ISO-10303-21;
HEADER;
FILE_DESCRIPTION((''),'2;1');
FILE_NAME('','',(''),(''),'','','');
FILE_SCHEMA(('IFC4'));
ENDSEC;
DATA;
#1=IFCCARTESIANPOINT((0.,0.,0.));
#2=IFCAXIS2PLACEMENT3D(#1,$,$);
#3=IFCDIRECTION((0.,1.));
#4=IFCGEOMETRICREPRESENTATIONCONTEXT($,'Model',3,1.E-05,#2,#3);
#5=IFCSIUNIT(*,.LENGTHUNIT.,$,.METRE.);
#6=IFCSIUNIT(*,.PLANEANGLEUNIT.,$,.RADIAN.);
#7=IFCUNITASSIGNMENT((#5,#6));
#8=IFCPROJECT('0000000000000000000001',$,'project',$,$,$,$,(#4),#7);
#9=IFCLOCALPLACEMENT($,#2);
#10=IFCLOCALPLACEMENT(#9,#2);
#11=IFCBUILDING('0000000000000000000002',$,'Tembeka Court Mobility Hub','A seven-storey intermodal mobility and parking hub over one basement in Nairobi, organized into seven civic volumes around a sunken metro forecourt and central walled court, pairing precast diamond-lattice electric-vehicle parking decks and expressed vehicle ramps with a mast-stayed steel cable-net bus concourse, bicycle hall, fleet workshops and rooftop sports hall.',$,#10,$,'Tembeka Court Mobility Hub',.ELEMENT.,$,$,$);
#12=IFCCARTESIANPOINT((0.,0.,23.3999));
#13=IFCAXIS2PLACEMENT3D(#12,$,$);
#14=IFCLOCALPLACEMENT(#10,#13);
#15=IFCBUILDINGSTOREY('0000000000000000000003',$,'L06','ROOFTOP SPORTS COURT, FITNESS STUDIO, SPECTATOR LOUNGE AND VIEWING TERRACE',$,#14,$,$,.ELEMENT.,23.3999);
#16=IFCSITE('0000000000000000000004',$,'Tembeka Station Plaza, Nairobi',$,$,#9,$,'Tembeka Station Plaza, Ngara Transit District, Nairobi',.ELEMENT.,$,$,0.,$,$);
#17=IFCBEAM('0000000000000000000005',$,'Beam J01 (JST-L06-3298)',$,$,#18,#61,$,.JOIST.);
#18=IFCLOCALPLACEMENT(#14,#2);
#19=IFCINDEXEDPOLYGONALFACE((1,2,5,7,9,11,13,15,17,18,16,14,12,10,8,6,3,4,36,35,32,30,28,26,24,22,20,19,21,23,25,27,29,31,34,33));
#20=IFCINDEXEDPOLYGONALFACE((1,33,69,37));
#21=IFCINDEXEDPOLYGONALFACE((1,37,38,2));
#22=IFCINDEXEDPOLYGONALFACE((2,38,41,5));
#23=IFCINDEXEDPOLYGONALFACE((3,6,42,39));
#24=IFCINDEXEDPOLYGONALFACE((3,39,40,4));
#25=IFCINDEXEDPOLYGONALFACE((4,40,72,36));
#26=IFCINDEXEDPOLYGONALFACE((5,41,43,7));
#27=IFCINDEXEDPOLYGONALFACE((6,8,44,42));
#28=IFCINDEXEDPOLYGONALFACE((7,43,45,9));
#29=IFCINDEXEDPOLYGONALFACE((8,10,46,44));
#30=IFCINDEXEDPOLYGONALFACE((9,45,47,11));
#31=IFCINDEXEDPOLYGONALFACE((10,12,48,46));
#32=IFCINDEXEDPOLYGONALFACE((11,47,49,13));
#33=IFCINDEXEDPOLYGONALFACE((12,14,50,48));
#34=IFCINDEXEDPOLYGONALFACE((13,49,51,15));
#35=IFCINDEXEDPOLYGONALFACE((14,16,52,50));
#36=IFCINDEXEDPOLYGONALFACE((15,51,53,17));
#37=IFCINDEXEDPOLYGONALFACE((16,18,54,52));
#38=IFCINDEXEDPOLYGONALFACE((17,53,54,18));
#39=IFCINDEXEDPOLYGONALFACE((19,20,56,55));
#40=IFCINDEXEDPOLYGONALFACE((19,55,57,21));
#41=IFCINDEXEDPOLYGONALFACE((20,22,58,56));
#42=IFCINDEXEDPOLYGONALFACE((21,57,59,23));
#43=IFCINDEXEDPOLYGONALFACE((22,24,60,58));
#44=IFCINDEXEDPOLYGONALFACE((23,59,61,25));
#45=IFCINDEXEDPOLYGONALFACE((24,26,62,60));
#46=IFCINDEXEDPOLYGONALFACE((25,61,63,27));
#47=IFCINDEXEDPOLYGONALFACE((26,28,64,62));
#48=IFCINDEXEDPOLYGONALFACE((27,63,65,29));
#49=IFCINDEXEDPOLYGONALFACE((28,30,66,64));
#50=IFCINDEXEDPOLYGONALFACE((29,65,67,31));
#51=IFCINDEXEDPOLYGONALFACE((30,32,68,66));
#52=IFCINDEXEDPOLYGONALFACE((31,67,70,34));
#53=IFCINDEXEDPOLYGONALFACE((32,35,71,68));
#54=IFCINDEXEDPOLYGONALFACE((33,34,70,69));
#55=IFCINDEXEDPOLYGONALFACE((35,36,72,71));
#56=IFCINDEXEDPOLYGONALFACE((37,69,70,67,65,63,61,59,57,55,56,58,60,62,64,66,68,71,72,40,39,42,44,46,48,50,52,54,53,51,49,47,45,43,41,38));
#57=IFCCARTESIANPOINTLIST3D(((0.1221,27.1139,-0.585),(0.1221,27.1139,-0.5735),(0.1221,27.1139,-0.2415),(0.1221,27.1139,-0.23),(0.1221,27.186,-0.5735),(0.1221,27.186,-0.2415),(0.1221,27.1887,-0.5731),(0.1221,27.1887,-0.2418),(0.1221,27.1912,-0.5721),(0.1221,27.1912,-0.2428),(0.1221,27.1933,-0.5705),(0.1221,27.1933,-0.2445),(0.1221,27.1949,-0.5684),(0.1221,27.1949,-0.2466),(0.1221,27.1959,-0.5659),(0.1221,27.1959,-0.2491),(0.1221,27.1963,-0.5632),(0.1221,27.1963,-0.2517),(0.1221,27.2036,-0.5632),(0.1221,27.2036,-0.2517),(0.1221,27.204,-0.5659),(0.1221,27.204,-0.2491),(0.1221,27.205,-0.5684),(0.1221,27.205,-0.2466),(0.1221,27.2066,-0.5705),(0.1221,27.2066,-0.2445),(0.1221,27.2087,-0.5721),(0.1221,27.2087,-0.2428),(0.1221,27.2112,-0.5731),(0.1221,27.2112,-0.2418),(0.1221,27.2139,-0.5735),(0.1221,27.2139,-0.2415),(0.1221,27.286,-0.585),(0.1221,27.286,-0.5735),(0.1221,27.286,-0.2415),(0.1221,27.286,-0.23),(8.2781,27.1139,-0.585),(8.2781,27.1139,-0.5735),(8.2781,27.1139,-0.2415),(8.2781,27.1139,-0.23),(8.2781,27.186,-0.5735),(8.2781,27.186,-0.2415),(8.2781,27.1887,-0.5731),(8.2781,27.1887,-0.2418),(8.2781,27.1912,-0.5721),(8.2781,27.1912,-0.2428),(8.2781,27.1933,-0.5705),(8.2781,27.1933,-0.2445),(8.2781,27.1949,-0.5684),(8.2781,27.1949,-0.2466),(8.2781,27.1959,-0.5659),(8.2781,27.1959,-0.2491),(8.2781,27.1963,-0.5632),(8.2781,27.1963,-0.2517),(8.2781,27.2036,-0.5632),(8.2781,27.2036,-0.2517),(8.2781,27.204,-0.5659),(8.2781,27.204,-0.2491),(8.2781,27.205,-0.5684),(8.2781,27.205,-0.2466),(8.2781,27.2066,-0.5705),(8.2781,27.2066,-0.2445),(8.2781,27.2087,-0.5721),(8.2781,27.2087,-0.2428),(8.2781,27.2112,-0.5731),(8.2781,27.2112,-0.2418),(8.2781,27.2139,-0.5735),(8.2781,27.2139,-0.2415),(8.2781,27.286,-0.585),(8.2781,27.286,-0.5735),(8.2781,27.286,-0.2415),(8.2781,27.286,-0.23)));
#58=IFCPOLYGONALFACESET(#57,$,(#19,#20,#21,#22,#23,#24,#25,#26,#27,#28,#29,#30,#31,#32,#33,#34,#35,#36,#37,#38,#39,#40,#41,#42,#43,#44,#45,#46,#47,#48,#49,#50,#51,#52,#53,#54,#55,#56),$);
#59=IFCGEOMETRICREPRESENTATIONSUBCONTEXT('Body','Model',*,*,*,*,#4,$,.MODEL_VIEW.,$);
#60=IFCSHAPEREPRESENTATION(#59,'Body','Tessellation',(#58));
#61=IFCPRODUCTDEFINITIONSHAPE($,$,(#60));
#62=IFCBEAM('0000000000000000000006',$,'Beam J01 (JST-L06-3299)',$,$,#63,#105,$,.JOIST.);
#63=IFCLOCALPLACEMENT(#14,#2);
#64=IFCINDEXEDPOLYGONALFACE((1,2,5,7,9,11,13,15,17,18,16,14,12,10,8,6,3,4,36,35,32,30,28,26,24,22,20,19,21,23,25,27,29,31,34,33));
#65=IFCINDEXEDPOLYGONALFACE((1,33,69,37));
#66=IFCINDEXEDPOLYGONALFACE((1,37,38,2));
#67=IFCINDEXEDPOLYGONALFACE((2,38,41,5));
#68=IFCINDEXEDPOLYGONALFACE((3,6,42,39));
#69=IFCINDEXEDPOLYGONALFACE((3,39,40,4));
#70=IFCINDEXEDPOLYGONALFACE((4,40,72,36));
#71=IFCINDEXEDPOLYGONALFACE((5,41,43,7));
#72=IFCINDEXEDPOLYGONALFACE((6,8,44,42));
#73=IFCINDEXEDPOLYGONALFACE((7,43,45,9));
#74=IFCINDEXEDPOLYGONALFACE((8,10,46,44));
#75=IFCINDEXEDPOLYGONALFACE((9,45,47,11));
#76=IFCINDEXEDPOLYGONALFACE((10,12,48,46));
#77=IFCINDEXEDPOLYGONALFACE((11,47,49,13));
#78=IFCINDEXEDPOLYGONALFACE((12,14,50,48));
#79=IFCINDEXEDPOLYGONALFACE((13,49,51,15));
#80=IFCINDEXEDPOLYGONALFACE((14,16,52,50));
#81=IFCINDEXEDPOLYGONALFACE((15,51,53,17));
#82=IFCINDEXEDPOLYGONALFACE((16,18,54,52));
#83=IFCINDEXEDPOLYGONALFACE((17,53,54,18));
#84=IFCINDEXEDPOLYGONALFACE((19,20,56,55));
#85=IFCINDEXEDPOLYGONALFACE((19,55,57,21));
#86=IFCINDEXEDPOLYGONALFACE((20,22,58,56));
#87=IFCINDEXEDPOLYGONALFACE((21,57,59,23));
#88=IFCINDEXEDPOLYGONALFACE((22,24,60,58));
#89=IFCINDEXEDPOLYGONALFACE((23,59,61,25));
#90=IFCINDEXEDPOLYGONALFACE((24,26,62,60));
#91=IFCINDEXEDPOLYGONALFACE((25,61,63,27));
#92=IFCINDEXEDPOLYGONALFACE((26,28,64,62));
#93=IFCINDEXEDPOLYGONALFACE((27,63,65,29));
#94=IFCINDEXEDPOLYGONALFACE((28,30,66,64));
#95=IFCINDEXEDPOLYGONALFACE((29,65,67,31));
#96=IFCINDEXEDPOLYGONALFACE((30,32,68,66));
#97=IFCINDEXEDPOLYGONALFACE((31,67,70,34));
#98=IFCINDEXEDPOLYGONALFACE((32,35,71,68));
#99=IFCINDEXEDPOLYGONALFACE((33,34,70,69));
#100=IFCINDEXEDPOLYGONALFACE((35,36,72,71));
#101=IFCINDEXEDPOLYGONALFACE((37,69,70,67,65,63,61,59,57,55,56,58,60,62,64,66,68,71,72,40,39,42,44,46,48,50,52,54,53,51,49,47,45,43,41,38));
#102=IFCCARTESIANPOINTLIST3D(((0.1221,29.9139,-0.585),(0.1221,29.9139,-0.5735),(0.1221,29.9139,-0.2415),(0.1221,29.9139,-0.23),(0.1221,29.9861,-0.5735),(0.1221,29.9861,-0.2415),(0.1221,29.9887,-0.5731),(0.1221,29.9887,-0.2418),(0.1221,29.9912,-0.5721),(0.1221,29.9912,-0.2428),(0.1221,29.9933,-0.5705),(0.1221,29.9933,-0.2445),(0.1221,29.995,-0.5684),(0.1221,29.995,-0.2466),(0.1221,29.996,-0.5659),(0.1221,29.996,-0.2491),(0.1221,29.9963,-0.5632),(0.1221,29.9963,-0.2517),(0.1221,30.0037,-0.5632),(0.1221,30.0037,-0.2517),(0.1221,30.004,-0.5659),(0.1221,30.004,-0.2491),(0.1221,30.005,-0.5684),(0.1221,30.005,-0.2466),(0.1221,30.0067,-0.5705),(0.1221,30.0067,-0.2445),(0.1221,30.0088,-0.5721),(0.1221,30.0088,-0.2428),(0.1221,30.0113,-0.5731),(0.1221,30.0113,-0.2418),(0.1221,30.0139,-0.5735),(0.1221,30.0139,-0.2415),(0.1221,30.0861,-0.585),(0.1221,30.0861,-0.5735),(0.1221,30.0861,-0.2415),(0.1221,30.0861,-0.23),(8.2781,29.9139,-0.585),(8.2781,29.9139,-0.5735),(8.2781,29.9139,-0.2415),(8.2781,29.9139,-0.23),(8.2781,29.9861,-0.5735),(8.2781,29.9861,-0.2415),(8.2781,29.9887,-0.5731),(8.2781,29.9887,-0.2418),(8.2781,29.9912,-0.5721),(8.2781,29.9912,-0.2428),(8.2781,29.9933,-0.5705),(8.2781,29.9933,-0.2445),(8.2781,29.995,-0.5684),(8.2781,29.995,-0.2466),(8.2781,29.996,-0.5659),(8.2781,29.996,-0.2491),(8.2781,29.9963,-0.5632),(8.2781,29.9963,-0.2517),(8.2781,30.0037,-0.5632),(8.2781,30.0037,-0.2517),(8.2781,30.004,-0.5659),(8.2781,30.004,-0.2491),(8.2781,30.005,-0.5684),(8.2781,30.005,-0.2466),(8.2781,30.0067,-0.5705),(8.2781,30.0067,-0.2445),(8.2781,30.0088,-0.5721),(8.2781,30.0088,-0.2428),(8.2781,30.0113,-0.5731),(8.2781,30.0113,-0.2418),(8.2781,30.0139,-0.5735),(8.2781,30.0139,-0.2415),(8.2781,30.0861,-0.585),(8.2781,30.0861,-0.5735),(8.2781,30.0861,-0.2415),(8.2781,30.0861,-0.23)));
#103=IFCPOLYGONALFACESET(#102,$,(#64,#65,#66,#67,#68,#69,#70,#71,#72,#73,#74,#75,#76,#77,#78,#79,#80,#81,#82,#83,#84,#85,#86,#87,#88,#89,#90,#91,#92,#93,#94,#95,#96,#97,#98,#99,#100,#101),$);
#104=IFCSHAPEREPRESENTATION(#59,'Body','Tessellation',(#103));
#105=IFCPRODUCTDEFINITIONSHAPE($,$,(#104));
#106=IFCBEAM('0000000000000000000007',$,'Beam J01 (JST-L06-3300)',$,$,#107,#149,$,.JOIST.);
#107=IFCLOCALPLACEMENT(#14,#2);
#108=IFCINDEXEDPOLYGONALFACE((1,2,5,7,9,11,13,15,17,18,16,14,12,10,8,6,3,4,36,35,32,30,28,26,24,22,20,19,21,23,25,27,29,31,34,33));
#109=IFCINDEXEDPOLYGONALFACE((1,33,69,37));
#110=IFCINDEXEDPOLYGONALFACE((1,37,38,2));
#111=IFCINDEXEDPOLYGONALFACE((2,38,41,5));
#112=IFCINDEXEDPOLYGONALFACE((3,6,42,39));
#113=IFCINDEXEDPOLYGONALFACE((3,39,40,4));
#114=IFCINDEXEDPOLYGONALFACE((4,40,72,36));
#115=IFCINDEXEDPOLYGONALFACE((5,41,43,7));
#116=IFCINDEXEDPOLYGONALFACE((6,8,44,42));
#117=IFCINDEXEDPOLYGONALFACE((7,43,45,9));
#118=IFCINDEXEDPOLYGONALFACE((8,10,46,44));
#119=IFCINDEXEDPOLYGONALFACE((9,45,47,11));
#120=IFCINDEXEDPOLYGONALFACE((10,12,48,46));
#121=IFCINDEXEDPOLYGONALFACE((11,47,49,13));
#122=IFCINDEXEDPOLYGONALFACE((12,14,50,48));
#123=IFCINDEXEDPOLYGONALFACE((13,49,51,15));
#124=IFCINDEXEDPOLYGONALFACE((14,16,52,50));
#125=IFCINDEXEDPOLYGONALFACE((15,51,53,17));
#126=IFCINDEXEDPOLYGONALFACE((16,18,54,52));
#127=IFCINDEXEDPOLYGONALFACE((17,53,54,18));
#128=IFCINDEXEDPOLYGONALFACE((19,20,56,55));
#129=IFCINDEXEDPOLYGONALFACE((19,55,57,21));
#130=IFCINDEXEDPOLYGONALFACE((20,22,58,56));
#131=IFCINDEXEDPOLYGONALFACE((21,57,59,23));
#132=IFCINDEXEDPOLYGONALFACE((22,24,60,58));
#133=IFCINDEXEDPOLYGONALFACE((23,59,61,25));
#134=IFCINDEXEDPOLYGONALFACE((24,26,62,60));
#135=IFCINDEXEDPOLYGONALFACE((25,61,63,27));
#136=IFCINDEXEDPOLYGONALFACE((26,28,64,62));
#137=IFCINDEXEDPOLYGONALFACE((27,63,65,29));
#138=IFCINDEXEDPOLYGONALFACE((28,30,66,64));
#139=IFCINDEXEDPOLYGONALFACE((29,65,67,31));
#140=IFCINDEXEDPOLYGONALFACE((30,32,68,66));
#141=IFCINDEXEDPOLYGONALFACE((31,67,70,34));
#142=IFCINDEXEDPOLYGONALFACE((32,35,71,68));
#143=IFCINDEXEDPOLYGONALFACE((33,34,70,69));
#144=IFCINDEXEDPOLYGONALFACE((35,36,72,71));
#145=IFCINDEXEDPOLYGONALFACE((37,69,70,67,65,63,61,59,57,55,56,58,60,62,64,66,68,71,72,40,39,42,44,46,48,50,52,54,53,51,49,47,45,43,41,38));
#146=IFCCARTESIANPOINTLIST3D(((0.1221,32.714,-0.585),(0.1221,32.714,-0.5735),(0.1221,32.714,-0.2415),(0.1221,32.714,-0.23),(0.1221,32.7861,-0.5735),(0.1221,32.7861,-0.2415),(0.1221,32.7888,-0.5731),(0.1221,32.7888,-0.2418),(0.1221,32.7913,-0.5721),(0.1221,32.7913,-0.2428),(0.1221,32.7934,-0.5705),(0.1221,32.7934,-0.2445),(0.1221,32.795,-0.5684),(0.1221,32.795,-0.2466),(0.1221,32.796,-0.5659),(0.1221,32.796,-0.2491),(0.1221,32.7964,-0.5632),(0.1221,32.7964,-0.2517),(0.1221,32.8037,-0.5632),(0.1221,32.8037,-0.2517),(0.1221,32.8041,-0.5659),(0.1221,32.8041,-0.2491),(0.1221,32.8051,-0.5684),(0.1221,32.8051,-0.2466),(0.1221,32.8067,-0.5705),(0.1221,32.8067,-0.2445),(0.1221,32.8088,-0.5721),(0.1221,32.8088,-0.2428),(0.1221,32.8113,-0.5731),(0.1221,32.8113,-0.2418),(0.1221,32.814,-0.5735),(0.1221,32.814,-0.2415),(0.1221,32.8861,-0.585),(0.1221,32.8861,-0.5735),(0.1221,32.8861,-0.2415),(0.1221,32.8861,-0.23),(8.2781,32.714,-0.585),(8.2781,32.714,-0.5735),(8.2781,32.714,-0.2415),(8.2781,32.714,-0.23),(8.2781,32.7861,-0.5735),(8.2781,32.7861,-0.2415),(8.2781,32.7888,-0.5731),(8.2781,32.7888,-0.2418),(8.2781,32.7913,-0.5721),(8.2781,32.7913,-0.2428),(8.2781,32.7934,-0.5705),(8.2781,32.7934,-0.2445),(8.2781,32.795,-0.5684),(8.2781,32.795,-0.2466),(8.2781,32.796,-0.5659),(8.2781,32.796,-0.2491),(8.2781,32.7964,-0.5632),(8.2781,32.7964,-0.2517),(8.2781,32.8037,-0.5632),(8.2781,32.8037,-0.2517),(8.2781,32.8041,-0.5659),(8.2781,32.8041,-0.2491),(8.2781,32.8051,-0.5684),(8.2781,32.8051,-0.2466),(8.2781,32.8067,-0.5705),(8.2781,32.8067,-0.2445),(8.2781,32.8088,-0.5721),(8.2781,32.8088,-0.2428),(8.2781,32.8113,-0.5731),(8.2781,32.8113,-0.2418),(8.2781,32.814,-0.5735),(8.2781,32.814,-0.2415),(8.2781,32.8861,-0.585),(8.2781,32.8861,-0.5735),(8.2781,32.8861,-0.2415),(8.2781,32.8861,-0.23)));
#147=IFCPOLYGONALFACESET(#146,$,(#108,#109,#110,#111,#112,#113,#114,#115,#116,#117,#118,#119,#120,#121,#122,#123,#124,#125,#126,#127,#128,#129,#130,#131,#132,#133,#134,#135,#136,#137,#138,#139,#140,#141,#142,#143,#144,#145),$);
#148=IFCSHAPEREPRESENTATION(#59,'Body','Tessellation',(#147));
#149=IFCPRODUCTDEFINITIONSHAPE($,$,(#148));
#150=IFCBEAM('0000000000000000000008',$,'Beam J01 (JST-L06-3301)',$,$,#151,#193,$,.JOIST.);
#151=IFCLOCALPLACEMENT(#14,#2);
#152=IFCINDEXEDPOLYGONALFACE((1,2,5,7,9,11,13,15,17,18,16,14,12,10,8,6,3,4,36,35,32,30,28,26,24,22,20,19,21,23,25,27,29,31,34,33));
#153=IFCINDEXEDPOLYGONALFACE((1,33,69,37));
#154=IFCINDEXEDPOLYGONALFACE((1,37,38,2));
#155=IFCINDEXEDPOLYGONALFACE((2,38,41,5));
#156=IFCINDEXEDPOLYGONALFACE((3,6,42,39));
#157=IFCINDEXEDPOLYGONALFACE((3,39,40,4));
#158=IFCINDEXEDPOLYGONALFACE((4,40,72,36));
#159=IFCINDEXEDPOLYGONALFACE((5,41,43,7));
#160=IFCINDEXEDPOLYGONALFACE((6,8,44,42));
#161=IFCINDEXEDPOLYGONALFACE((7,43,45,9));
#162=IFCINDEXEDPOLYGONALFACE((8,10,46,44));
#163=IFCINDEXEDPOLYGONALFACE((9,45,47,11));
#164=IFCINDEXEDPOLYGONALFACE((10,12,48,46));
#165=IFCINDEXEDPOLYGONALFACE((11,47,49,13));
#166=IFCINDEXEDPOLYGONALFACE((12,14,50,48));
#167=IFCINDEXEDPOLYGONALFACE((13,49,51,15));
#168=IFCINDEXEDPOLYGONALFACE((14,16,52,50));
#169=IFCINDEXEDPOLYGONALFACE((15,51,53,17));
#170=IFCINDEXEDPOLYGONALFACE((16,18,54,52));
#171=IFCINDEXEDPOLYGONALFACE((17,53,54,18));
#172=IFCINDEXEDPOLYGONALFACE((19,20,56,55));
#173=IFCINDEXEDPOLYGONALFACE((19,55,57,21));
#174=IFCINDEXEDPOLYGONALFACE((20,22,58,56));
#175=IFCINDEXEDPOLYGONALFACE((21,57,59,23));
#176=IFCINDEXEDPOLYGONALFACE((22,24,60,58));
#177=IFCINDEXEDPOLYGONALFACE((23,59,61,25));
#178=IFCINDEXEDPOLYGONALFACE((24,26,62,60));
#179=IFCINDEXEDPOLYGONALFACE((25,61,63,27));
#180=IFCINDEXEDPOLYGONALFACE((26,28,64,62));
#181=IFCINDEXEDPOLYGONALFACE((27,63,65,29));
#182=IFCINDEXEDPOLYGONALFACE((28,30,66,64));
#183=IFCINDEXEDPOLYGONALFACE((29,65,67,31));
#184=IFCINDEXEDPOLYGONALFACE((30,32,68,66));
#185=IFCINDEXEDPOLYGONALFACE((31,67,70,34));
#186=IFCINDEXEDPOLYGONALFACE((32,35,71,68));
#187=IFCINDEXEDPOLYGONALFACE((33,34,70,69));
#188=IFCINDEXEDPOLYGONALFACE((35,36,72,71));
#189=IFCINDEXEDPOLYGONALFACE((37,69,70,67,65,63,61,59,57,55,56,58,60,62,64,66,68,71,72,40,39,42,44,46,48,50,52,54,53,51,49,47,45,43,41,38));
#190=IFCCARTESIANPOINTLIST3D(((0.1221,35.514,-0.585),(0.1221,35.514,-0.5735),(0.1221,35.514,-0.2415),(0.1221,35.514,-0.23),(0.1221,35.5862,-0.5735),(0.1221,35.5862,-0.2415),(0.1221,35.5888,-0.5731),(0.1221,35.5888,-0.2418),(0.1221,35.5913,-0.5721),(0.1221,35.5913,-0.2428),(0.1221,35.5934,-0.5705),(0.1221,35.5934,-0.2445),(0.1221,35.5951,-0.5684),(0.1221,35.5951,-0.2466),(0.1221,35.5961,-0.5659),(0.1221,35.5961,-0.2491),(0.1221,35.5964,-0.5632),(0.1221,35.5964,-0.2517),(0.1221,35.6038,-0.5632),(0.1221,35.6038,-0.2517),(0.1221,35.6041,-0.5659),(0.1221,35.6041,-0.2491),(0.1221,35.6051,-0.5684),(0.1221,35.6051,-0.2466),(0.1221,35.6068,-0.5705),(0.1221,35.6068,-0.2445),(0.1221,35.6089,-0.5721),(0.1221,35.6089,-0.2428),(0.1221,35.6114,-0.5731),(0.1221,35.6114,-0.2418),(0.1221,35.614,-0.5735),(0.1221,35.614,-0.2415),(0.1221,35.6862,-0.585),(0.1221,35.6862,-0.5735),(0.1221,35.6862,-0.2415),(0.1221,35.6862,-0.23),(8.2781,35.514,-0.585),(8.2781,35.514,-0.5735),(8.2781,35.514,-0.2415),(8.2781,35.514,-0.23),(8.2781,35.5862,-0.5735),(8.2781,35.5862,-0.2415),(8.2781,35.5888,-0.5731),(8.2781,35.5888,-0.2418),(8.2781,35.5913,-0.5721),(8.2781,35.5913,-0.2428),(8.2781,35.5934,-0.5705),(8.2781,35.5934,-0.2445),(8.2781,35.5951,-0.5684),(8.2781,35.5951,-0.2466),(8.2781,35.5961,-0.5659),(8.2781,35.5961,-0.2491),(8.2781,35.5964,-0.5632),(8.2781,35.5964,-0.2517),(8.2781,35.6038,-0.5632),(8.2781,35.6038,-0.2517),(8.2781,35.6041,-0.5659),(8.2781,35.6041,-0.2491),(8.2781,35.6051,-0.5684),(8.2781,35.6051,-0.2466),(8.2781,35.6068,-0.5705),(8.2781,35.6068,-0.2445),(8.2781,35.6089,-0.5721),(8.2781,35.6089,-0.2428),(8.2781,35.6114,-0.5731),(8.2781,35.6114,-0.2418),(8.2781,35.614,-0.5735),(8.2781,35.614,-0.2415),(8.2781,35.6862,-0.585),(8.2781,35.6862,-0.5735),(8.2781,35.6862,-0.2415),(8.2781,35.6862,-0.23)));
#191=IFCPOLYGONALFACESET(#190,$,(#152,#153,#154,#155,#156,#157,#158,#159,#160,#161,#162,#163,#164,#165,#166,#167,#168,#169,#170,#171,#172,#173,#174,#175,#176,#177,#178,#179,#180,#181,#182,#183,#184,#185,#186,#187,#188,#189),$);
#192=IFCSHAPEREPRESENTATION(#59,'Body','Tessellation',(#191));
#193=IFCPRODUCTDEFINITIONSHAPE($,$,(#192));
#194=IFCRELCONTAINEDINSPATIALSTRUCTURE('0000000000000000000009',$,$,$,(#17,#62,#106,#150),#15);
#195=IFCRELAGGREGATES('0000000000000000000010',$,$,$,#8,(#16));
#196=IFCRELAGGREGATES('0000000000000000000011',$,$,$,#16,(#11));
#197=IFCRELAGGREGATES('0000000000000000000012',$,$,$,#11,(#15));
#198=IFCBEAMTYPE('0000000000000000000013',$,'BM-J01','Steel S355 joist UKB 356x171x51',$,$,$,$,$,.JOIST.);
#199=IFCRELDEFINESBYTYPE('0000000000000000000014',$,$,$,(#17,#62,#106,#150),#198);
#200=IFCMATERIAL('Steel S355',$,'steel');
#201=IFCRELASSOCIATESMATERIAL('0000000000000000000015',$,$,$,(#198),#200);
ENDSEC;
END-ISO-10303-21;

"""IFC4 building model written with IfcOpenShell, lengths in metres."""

from ifc_helpers import new_model, si_unit, direction, frame, origin, origin_2d, place, context, subcontext, project, spatial, i_section, extrude, material, material_profile, profile_set, type_object, element, save


model = new_model("IFC4")

# Units and contexts
model_context = context("Model", 3, precision=1e-05, world=origin(), true_north=direction((0.0, 1.0)))
body_context = subcontext(model_context, "Body", "Model", "MODEL_VIEW")
ifc_project = project(units=[si_unit("LENGTHUNIT", "METRE"), si_unit("PLANEANGLEUNIT", "RADIAN")], contexts=[model_context])

# Site, building, storey
site_placement = place(None, origin())
site = spatial("IfcSite", under=ifc_project, at=site_placement, Name="Tembeka Station Plaza, Nairobi", LongName="Tembeka Station Plaza, Ngara Transit District, Nairobi", CompositionType="ELEMENT", RefElevation=0.0)
building_placement = place(site_placement, origin())
building = spatial("IfcBuilding", under=site, at=building_placement, Name="Tembeka Court Mobility Hub", Description="A seven-storey intermodal mobility and parking hub over one basement in Nairobi, organized into seven civic volumes around a sunken metro forecourt and central walled court, pairing precast diamond-lattice electric-vehicle parking decks and expressed vehicle ramps with a mast-stayed steel cable-net bus concourse, bicycle hall, fleet workshops and rooftop sports hall.", LongName="Tembeka Court Mobility Hub", CompositionType="ELEMENT")
storey_placement = place(building_placement, frame((0.0, 0.0, 23.3999)))
storey = spatial("IfcBuildingStorey", under=building, at=storey_placement, Name="L06", Description="ROOFTOP SPORTS COURT, FITNESS STUDIO, SPECTATOR LOUNGE AND VIEWING TERRACE", CompositionType="ELEMENT", Elevation=23.3999)

# Shared definitions
ifc_material_1 = material(Name="Steel S355", Category="steel")

# Beams
ifc_material_profile_1 = material_profile(ifc_material_1, i_section(OverallWidth=0.1721, OverallDepth=0.355, WebThickness=0.0073, FlangeThickness=0.0115, FilletRadius=0.0103, at=origin_2d()), Name="UKB 356x171x51")
ifc_profile_set_1 = profile_set([ifc_material_profile_1], Name="Steel S355")
beam_type_1 = type_object("IfcBeamType", Name="BM-J01", Description="Steel S355 joist UKB 356x171x51", PredefinedType="JOIST", material=ifc_profile_set_1)
for number, where, z_axis, x_axis, name in (
    (1, (0.1221, 27.2, -0.4075), (1.0, 0.0, 0.0), (0.0, 1.0, 0.0), "Beam J01 (JST-L06-3298)"),
    (2, (0.1221, 30.0, -0.4075), (1.0, 0.0, 0.0), (0.0, 1.0, 0.0), "Beam J01 (JST-L06-3299)"),
    (3, (0.1221, 32.8, -0.4075), (1.0, 0.0, 0.0), (0.0, 1.0, 0.0), "Beam J01 (JST-L06-3300)"),
    (4, (0.1221, 35.6001, -0.4075), (1.0, 0.0, 0.0), (0.0, 1.0, 0.0), "Beam J01 (JST-L06-3301)"),
):
    element("IfcBeam", number, at=place(storey_placement, frame(where, z_axis=z_axis, x_axis=x_axis)), inside=storey, type_object=beam_type_1, Name=name, PredefinedType="JOIST", context=body_context, shape_type="SweptSolid", body=[
        extrude(i_section(OverallWidth=0.1721, OverallDepth=0.355, WebThickness=0.0073, FlangeThickness=0.0115, FilletRadius=0.0103, at=origin_2d()), origin(), (0.0, 0.0, 1.0), 8.156),
    ])

save(model, "model.ifc")
